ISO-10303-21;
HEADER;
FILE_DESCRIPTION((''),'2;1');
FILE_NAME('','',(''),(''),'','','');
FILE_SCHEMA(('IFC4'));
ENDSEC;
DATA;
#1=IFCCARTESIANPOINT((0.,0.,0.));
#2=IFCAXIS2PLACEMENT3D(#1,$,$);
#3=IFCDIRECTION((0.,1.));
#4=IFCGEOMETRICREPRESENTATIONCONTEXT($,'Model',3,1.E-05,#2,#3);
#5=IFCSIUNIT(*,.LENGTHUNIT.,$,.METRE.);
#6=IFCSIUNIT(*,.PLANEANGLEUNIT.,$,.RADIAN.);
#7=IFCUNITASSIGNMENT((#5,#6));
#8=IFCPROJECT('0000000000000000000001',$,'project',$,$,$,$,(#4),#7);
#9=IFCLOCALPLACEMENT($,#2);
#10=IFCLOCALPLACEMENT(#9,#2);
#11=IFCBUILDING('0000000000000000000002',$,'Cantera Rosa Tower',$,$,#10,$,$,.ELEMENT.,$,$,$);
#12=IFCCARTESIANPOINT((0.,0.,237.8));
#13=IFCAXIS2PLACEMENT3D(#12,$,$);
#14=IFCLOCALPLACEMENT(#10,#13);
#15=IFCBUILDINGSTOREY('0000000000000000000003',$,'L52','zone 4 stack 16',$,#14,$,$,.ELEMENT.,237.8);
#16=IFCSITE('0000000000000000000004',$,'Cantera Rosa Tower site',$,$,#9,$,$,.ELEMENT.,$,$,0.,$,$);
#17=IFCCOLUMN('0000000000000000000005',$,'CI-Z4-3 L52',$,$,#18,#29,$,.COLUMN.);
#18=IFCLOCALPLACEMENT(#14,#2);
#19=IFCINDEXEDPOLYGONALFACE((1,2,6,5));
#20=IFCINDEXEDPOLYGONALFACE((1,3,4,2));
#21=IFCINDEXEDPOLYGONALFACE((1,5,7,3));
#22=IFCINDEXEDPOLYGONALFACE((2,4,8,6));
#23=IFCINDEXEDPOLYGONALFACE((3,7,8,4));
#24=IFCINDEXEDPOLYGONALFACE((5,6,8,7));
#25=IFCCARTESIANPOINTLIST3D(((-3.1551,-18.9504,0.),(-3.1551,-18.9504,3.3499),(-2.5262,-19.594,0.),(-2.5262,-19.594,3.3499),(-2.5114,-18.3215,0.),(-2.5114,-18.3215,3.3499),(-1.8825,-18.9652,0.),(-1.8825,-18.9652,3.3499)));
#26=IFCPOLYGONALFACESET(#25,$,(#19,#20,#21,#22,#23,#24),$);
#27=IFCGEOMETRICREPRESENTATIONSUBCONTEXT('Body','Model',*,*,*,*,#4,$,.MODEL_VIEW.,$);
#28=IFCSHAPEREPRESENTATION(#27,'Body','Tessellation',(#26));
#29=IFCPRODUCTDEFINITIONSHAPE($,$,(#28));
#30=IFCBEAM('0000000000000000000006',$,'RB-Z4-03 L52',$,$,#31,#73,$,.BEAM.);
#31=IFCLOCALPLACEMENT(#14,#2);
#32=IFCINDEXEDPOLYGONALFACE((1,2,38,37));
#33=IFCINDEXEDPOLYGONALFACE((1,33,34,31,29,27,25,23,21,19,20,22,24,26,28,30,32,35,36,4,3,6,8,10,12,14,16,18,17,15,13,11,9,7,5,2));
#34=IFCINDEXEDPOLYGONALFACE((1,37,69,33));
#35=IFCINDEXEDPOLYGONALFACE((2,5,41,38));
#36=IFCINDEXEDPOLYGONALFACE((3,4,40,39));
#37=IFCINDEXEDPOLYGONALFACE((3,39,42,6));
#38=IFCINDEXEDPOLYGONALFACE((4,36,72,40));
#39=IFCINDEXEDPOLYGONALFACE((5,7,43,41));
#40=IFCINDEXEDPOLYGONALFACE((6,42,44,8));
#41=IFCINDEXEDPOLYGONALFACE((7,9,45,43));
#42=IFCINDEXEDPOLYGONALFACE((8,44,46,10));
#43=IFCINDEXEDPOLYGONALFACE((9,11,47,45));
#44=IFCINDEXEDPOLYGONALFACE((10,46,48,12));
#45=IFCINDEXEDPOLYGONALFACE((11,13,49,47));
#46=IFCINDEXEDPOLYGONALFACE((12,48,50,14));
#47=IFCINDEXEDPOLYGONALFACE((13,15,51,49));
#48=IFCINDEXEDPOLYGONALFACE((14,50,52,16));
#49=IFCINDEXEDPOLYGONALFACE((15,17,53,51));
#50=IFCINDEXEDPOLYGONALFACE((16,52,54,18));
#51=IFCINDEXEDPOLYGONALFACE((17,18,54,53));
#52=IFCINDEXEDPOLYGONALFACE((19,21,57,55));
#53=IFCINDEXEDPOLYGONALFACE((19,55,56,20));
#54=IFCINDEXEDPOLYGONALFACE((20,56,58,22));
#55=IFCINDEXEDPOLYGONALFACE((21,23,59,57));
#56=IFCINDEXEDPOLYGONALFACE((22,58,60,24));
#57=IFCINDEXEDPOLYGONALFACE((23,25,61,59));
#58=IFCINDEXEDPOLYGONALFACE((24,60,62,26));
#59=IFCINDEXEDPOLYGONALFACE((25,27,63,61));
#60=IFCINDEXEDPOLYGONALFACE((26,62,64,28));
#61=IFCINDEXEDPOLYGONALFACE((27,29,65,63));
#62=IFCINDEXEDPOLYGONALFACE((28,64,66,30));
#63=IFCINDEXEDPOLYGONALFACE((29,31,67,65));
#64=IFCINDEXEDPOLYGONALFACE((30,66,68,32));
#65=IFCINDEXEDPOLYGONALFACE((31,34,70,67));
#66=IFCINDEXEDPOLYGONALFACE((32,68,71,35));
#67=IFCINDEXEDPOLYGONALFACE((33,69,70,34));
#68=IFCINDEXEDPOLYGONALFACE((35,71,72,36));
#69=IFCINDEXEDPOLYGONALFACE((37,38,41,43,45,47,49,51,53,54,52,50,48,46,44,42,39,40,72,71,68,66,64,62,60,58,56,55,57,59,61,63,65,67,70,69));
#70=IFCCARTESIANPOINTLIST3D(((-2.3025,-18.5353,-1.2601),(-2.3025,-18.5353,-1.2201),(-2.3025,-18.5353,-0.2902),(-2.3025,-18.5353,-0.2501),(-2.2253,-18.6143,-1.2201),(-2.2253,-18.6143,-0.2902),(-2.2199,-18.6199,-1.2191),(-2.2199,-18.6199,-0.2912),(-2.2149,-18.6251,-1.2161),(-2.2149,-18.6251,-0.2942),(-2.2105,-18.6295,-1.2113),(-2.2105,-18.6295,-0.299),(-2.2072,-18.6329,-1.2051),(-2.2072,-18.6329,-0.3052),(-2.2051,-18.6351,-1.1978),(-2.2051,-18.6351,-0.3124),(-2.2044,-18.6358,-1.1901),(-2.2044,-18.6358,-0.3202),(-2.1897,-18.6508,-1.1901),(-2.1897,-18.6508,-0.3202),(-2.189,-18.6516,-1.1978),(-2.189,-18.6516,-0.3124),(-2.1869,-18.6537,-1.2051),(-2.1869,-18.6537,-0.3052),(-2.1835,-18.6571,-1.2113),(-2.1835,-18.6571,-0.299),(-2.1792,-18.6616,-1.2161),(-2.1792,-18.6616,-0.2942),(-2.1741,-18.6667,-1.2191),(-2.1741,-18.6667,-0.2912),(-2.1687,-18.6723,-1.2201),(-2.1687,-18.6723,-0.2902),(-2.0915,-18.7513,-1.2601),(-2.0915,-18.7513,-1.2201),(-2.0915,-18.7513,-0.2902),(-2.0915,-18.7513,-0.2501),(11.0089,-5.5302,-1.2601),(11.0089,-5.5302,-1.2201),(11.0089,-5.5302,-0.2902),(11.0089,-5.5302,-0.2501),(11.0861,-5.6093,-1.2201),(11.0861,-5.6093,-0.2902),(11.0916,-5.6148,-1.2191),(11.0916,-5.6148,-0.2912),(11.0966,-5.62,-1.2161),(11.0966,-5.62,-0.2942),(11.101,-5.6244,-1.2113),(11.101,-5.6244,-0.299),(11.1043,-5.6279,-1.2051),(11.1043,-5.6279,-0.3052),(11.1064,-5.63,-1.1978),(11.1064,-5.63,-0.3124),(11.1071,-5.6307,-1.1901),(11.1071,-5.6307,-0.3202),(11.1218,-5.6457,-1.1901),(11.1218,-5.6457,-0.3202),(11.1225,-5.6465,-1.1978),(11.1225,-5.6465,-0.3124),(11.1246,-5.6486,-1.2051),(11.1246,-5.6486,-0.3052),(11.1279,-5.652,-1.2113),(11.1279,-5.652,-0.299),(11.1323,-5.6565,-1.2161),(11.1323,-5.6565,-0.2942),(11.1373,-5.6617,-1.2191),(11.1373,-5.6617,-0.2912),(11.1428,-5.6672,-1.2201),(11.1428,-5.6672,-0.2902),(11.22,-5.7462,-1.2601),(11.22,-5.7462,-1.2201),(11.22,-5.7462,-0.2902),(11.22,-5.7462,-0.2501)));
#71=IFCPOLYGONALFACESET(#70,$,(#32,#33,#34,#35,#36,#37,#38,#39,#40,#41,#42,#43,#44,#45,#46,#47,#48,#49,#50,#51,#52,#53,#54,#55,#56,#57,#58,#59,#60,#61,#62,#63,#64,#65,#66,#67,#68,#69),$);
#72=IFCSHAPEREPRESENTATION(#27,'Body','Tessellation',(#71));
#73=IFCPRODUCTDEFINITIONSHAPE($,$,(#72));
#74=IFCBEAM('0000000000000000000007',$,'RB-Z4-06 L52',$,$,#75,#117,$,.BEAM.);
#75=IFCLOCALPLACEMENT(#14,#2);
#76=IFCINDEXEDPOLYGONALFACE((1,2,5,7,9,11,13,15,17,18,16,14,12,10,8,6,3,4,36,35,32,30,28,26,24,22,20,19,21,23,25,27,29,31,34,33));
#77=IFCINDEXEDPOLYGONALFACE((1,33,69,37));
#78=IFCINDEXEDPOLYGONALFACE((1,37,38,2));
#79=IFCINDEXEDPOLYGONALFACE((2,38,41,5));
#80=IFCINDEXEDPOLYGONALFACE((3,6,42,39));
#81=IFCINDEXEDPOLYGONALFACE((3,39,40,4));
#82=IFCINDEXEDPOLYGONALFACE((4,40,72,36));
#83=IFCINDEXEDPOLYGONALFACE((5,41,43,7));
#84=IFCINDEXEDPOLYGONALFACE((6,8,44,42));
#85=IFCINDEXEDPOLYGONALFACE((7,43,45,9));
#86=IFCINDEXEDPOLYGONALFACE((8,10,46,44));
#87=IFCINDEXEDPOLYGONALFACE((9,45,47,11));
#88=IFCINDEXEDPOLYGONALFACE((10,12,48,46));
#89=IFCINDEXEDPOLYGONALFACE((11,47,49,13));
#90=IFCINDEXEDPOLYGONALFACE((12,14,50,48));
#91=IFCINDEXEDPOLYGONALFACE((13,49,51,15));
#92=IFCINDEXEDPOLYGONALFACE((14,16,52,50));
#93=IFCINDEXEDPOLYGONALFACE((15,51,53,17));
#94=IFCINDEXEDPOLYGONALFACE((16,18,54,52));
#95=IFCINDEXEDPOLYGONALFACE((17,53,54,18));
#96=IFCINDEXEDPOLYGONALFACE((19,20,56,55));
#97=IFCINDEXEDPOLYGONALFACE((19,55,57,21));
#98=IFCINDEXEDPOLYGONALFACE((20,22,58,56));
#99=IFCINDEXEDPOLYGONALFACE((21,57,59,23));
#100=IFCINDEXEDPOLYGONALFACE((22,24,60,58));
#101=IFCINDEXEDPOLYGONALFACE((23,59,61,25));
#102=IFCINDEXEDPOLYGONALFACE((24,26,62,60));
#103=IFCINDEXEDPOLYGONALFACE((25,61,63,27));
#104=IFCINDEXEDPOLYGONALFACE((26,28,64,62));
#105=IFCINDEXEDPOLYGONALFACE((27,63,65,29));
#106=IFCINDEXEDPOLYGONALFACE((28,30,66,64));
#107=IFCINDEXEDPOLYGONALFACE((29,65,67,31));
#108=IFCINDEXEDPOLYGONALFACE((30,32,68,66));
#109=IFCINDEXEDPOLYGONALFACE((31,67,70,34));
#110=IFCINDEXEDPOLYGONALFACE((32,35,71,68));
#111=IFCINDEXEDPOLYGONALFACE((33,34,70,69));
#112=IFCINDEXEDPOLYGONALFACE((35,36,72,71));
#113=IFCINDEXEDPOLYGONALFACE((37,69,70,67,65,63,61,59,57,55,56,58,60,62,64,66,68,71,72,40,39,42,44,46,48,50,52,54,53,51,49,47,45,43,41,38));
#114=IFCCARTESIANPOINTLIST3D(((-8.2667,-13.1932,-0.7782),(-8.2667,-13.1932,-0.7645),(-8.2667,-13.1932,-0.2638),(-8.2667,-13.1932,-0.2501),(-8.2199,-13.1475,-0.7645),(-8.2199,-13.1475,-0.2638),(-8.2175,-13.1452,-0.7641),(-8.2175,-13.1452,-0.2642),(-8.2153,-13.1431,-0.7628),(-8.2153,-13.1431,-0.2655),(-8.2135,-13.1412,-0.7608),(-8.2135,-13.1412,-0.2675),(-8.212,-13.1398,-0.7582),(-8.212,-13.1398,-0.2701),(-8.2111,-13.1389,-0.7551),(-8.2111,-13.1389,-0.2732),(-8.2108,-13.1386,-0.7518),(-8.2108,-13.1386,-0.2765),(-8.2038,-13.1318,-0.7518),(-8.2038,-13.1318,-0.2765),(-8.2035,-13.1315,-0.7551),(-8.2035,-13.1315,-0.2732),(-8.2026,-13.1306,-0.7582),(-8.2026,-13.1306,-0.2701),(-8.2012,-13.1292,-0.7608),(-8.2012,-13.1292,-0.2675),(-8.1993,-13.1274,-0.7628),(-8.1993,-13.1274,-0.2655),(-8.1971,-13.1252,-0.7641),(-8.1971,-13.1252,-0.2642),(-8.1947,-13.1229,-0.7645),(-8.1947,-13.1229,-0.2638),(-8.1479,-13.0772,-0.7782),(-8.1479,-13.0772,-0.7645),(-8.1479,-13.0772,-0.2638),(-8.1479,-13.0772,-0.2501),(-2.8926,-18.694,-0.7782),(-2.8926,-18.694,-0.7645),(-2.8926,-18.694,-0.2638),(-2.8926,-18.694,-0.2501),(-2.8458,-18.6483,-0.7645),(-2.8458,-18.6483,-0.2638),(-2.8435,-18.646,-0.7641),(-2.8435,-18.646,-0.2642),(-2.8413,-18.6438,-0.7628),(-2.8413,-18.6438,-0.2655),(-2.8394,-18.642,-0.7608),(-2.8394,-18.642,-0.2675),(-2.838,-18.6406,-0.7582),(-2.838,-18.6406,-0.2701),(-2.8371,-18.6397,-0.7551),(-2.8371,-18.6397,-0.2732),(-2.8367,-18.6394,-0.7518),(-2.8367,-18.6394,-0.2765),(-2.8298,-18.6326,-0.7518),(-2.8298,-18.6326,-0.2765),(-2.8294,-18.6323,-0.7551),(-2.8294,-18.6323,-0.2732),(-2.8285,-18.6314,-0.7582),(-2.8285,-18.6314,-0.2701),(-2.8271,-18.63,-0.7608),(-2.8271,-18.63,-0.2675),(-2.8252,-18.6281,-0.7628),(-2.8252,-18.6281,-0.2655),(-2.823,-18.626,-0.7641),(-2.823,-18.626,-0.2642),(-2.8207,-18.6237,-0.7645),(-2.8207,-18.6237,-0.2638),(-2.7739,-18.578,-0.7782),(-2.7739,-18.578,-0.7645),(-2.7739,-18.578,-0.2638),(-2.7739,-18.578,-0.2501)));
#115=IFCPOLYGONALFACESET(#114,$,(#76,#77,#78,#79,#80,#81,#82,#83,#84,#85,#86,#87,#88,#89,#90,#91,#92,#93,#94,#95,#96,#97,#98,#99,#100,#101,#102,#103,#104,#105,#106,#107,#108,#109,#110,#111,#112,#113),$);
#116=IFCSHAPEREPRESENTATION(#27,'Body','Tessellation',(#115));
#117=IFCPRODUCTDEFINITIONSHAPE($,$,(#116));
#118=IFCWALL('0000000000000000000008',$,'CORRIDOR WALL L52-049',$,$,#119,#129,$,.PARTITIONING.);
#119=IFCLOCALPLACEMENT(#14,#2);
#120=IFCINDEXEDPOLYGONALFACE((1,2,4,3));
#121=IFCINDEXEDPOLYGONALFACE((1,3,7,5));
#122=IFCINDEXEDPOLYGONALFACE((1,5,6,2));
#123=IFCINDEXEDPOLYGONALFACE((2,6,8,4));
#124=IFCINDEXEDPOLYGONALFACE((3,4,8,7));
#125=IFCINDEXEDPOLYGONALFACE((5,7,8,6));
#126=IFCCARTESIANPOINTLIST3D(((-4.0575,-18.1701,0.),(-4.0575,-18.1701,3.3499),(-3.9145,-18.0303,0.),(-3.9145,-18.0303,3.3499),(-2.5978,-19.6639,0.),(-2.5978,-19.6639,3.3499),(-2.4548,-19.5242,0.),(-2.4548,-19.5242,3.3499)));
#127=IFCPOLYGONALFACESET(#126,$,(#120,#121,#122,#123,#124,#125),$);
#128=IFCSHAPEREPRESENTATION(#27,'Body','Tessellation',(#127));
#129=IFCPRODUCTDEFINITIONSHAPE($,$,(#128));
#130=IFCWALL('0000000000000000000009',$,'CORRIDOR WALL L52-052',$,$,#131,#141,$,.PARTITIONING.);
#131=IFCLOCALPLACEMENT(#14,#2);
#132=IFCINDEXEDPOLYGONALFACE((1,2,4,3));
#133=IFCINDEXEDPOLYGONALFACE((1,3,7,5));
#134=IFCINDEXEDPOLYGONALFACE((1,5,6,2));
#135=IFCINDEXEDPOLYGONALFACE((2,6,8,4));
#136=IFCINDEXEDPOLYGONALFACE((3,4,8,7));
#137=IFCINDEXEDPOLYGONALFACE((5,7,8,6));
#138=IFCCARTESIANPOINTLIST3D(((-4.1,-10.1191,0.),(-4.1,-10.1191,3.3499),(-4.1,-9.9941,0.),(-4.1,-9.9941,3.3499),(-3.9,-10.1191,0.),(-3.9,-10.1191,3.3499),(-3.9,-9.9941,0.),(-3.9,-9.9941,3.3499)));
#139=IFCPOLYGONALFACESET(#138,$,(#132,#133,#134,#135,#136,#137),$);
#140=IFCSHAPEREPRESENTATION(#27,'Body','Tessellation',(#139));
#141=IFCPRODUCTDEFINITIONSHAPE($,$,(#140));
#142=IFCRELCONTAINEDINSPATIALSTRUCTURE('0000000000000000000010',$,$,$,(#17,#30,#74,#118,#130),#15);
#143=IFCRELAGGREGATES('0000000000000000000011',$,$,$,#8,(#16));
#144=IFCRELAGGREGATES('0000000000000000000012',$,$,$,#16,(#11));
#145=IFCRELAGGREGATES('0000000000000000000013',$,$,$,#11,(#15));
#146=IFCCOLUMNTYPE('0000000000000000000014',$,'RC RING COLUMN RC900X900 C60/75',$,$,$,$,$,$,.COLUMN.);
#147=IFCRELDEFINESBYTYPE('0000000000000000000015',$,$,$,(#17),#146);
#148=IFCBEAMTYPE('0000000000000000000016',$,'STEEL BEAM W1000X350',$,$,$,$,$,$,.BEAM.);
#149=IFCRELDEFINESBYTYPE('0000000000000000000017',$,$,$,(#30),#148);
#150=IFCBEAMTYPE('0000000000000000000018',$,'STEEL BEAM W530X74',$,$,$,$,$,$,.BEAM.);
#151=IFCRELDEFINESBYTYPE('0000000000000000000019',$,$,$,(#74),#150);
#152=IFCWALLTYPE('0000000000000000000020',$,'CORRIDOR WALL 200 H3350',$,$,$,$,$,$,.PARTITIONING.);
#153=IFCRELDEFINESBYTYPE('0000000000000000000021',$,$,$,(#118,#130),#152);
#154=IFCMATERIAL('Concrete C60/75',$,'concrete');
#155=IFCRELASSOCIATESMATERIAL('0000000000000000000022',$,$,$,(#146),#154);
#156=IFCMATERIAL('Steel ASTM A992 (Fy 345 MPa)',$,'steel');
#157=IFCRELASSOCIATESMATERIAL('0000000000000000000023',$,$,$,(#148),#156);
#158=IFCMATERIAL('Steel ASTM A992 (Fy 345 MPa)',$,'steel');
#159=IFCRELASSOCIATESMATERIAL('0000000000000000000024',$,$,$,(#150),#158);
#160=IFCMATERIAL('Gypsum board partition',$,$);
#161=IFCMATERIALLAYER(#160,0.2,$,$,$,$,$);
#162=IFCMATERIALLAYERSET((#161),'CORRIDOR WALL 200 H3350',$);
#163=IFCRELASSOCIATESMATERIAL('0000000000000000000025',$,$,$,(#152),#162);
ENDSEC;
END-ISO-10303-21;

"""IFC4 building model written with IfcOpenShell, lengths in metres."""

from ifc_helpers import new_model, si_unit, direction, frame, frame_2d, origin, origin_2d, place, context, subcontext, project, spatial, rectangle, i_section, extrude, material, layer, layer_set, material_profile, profile_set, type_object, element, save


model = new_model("IFC4")

# Units and contexts
model_context = context("Model", 3, precision=1e-05, world=origin(), true_north=direction((0.0, 1.0)))
body_context = subcontext(model_context, "Body", "Model", "MODEL_VIEW")
ifc_project = project(units=[si_unit("LENGTHUNIT", "METRE"), si_unit("PLANEANGLEUNIT", "RADIAN")], contexts=[model_context])

# Site, building, storey
site_placement = place(None, origin())
site = spatial("IfcSite", under=ifc_project, at=site_placement, Name="Cantera Rosa Tower site", CompositionType="ELEMENT", RefElevation=0.0)
building_placement = place(site_placement, origin())
building = spatial("IfcBuilding", under=site, at=building_placement, Name="Cantera Rosa Tower", CompositionType="ELEMENT")
storey_placement = place(building_placement, frame((0.0, 0.0, 237.8)))
storey = spatial("IfcBuildingStorey", under=building, at=storey_placement, Name="L52", Description="zone 4 stack 16", CompositionType="ELEMENT", Elevation=237.8)

# Column
ifc_material_1 = material(Name="Concrete C60/75", Category="concrete")
ifc_material_profile_1 = material_profile(ifc_material_1, rectangle(XDim=0.8999, YDim=0.8999, at=origin_2d()), Name="RC RING COLUMN RC900X900 C60/75")
ifc_profile_set_1 = profile_set([ifc_material_profile_1], Name="Concrete C60/75")
column_type = type_object("IfcColumnType", Name="RC RING COLUMN RC900X900 C60/75", PredefinedType="COLUMN", material=ifc_profile_set_1)
column_placement = place(storey_placement, frame((-2.5188, -18.9578, 0.0), z_axis=(0.0, 0.0, 1.0), x_axis=(0.715286, 0.698832, 0.0)))
element("IfcColumn", 1, at=column_placement, inside=storey, type_object=column_type, Name="CI-Z4-3 L52", PredefinedType="COLUMN", context=body_context, shape_type="SweptSolid", body=[
    extrude(rectangle(XDim=0.8999, YDim=0.8999, at=origin_2d()), origin(), (0.0, 0.0, 1.0), 3.3499),
])

# Beams
ifc_material_2 = material(Name="Steel ASTM A992 (Fy 345 MPa)", Category="steel")
ifc_material_profile_2 = material_profile(ifc_material_2, i_section(OverallWidth=0.302, OverallDepth=1.01, WebThickness=0.021, FlangeThickness=0.04, FilletRadius=0.03, at=origin_2d()), Name="W1000X350")
ifc_profile_set_2 = profile_set([ifc_material_profile_2], Name="Steel ASTM A992 (Fy 345 MPa)")
beam_type_1 = type_object("IfcBeamType", Name="STEEL BEAM W1000X350", PredefinedType="BEAM", material=ifc_profile_set_2)
beam_1_placement = place(storey_placement, frame((-2.197, -18.6433, -0.7551), z_axis=(0.715291, 0.698827, 0.0), x_axis=(-0.698827, 0.715291, 0.0)))
element("IfcBeam", 2, at=beam_1_placement, inside=storey, type_object=beam_type_1, Name="RB-Z4-03 L52", PredefinedType="BEAM", context=body_context, shape_type="SweptSolid", body=[
    extrude(i_section(OverallWidth=0.302, OverallDepth=1.01, WebThickness=0.021, FlangeThickness=0.04, FilletRadius=0.03, at=origin_2d()), origin(), (0.0, 0.0, 1.0), 18.6099),
])
ifc_material_3 = material(Name="Steel ASTM A992 (Fy 345 MPa)", Category="steel")
ifc_material_profile_3 = material_profile(ifc_material_3, i_section(OverallWidth=0.166, OverallDepth=0.5281, WebThickness=0.0098, FlangeThickness=0.0137, FilletRadius=0.0127, at=origin_2d()), Name="W530X74")
ifc_profile_set_3 = profile_set([ifc_material_profile_3], Name="Steel ASTM A992 (Fy 345 MPa)")
beam_type_2 = type_object("IfcBeamType", Name="STEEL BEAM W530X74", PredefinedType="BEAM", material=ifc_profile_set_3)
beam_2_placement = place(storey_placement, frame((-2.8333, -18.636, -0.5142), z_axis=(-0.69882, 0.715297, 0.0), x_axis=(-0.715297, -0.69882, 0.0)))
element("IfcBeam", 3, at=beam_2_placement, inside=storey, type_object=beam_type_2, Name="RB-Z4-06 L52", PredefinedType="BEAM", context=body_context, shape_type="SweptSolid", body=[
    extrude(i_section(OverallWidth=0.166, OverallDepth=0.5281, WebThickness=0.0098, FlangeThickness=0.0137, FilletRadius=0.0127, at=origin_2d()), origin(), (0.0, 0.0, 1.0), 7.6902),
])

# Walls
ifc_material_4 = material(Name="Gypsum board partition")
ifc_layer_1 = layer(ifc_material_4, 0.2)
ifc_layer_set_1 = layer_set([ifc_layer_1], Name="CORRIDOR WALL 200 H3350")
wall_type_1 = type_object("IfcWallType", Name="CORRIDOR WALL 200 H3350", PredefinedType="PARTITIONING", material=ifc_layer_set_1)
wall_1_placement = place(storey_placement, frame((-3.9861, -18.1001, 0.0), z_axis=(0.0, 0.0, 1.0), x_axis=(0.698877, -0.715242, 0.0)))
element("IfcWall", 4, at=wall_1_placement, inside=storey, type_object=wall_type_1, Name="CORRIDOR WALL L52-049", PredefinedType="PARTITIONING", context=body_context, shape_type="SweptSolid", body=[
    extrude(rectangle(XDim=2.0886, YDim=0.2, at=frame_2d((1.0444, 0.0))), origin(), (0.0, 0.0, 1.0), 3.3499),
])
wall_2_placement = place(storey_placement, frame((-4.0, -9.9941, 0.0), z_axis=(0.0, 0.0, 1.0), x_axis=(0.0, -1.0, 0.0)))
element("IfcWall", 5, at=wall_2_placement, inside=storey, type_object=wall_type_1, Name="CORRIDOR WALL L52-052", PredefinedType="PARTITIONING", context=body_context, shape_type="SweptSolid", body=[
    extrude(rectangle(XDim=0.125, YDim=0.2, at=frame_2d((0.0625, 0.0))), origin(), (0.0, 0.0, 1.0), 3.3499),
])

save(model, "model.ifc")
